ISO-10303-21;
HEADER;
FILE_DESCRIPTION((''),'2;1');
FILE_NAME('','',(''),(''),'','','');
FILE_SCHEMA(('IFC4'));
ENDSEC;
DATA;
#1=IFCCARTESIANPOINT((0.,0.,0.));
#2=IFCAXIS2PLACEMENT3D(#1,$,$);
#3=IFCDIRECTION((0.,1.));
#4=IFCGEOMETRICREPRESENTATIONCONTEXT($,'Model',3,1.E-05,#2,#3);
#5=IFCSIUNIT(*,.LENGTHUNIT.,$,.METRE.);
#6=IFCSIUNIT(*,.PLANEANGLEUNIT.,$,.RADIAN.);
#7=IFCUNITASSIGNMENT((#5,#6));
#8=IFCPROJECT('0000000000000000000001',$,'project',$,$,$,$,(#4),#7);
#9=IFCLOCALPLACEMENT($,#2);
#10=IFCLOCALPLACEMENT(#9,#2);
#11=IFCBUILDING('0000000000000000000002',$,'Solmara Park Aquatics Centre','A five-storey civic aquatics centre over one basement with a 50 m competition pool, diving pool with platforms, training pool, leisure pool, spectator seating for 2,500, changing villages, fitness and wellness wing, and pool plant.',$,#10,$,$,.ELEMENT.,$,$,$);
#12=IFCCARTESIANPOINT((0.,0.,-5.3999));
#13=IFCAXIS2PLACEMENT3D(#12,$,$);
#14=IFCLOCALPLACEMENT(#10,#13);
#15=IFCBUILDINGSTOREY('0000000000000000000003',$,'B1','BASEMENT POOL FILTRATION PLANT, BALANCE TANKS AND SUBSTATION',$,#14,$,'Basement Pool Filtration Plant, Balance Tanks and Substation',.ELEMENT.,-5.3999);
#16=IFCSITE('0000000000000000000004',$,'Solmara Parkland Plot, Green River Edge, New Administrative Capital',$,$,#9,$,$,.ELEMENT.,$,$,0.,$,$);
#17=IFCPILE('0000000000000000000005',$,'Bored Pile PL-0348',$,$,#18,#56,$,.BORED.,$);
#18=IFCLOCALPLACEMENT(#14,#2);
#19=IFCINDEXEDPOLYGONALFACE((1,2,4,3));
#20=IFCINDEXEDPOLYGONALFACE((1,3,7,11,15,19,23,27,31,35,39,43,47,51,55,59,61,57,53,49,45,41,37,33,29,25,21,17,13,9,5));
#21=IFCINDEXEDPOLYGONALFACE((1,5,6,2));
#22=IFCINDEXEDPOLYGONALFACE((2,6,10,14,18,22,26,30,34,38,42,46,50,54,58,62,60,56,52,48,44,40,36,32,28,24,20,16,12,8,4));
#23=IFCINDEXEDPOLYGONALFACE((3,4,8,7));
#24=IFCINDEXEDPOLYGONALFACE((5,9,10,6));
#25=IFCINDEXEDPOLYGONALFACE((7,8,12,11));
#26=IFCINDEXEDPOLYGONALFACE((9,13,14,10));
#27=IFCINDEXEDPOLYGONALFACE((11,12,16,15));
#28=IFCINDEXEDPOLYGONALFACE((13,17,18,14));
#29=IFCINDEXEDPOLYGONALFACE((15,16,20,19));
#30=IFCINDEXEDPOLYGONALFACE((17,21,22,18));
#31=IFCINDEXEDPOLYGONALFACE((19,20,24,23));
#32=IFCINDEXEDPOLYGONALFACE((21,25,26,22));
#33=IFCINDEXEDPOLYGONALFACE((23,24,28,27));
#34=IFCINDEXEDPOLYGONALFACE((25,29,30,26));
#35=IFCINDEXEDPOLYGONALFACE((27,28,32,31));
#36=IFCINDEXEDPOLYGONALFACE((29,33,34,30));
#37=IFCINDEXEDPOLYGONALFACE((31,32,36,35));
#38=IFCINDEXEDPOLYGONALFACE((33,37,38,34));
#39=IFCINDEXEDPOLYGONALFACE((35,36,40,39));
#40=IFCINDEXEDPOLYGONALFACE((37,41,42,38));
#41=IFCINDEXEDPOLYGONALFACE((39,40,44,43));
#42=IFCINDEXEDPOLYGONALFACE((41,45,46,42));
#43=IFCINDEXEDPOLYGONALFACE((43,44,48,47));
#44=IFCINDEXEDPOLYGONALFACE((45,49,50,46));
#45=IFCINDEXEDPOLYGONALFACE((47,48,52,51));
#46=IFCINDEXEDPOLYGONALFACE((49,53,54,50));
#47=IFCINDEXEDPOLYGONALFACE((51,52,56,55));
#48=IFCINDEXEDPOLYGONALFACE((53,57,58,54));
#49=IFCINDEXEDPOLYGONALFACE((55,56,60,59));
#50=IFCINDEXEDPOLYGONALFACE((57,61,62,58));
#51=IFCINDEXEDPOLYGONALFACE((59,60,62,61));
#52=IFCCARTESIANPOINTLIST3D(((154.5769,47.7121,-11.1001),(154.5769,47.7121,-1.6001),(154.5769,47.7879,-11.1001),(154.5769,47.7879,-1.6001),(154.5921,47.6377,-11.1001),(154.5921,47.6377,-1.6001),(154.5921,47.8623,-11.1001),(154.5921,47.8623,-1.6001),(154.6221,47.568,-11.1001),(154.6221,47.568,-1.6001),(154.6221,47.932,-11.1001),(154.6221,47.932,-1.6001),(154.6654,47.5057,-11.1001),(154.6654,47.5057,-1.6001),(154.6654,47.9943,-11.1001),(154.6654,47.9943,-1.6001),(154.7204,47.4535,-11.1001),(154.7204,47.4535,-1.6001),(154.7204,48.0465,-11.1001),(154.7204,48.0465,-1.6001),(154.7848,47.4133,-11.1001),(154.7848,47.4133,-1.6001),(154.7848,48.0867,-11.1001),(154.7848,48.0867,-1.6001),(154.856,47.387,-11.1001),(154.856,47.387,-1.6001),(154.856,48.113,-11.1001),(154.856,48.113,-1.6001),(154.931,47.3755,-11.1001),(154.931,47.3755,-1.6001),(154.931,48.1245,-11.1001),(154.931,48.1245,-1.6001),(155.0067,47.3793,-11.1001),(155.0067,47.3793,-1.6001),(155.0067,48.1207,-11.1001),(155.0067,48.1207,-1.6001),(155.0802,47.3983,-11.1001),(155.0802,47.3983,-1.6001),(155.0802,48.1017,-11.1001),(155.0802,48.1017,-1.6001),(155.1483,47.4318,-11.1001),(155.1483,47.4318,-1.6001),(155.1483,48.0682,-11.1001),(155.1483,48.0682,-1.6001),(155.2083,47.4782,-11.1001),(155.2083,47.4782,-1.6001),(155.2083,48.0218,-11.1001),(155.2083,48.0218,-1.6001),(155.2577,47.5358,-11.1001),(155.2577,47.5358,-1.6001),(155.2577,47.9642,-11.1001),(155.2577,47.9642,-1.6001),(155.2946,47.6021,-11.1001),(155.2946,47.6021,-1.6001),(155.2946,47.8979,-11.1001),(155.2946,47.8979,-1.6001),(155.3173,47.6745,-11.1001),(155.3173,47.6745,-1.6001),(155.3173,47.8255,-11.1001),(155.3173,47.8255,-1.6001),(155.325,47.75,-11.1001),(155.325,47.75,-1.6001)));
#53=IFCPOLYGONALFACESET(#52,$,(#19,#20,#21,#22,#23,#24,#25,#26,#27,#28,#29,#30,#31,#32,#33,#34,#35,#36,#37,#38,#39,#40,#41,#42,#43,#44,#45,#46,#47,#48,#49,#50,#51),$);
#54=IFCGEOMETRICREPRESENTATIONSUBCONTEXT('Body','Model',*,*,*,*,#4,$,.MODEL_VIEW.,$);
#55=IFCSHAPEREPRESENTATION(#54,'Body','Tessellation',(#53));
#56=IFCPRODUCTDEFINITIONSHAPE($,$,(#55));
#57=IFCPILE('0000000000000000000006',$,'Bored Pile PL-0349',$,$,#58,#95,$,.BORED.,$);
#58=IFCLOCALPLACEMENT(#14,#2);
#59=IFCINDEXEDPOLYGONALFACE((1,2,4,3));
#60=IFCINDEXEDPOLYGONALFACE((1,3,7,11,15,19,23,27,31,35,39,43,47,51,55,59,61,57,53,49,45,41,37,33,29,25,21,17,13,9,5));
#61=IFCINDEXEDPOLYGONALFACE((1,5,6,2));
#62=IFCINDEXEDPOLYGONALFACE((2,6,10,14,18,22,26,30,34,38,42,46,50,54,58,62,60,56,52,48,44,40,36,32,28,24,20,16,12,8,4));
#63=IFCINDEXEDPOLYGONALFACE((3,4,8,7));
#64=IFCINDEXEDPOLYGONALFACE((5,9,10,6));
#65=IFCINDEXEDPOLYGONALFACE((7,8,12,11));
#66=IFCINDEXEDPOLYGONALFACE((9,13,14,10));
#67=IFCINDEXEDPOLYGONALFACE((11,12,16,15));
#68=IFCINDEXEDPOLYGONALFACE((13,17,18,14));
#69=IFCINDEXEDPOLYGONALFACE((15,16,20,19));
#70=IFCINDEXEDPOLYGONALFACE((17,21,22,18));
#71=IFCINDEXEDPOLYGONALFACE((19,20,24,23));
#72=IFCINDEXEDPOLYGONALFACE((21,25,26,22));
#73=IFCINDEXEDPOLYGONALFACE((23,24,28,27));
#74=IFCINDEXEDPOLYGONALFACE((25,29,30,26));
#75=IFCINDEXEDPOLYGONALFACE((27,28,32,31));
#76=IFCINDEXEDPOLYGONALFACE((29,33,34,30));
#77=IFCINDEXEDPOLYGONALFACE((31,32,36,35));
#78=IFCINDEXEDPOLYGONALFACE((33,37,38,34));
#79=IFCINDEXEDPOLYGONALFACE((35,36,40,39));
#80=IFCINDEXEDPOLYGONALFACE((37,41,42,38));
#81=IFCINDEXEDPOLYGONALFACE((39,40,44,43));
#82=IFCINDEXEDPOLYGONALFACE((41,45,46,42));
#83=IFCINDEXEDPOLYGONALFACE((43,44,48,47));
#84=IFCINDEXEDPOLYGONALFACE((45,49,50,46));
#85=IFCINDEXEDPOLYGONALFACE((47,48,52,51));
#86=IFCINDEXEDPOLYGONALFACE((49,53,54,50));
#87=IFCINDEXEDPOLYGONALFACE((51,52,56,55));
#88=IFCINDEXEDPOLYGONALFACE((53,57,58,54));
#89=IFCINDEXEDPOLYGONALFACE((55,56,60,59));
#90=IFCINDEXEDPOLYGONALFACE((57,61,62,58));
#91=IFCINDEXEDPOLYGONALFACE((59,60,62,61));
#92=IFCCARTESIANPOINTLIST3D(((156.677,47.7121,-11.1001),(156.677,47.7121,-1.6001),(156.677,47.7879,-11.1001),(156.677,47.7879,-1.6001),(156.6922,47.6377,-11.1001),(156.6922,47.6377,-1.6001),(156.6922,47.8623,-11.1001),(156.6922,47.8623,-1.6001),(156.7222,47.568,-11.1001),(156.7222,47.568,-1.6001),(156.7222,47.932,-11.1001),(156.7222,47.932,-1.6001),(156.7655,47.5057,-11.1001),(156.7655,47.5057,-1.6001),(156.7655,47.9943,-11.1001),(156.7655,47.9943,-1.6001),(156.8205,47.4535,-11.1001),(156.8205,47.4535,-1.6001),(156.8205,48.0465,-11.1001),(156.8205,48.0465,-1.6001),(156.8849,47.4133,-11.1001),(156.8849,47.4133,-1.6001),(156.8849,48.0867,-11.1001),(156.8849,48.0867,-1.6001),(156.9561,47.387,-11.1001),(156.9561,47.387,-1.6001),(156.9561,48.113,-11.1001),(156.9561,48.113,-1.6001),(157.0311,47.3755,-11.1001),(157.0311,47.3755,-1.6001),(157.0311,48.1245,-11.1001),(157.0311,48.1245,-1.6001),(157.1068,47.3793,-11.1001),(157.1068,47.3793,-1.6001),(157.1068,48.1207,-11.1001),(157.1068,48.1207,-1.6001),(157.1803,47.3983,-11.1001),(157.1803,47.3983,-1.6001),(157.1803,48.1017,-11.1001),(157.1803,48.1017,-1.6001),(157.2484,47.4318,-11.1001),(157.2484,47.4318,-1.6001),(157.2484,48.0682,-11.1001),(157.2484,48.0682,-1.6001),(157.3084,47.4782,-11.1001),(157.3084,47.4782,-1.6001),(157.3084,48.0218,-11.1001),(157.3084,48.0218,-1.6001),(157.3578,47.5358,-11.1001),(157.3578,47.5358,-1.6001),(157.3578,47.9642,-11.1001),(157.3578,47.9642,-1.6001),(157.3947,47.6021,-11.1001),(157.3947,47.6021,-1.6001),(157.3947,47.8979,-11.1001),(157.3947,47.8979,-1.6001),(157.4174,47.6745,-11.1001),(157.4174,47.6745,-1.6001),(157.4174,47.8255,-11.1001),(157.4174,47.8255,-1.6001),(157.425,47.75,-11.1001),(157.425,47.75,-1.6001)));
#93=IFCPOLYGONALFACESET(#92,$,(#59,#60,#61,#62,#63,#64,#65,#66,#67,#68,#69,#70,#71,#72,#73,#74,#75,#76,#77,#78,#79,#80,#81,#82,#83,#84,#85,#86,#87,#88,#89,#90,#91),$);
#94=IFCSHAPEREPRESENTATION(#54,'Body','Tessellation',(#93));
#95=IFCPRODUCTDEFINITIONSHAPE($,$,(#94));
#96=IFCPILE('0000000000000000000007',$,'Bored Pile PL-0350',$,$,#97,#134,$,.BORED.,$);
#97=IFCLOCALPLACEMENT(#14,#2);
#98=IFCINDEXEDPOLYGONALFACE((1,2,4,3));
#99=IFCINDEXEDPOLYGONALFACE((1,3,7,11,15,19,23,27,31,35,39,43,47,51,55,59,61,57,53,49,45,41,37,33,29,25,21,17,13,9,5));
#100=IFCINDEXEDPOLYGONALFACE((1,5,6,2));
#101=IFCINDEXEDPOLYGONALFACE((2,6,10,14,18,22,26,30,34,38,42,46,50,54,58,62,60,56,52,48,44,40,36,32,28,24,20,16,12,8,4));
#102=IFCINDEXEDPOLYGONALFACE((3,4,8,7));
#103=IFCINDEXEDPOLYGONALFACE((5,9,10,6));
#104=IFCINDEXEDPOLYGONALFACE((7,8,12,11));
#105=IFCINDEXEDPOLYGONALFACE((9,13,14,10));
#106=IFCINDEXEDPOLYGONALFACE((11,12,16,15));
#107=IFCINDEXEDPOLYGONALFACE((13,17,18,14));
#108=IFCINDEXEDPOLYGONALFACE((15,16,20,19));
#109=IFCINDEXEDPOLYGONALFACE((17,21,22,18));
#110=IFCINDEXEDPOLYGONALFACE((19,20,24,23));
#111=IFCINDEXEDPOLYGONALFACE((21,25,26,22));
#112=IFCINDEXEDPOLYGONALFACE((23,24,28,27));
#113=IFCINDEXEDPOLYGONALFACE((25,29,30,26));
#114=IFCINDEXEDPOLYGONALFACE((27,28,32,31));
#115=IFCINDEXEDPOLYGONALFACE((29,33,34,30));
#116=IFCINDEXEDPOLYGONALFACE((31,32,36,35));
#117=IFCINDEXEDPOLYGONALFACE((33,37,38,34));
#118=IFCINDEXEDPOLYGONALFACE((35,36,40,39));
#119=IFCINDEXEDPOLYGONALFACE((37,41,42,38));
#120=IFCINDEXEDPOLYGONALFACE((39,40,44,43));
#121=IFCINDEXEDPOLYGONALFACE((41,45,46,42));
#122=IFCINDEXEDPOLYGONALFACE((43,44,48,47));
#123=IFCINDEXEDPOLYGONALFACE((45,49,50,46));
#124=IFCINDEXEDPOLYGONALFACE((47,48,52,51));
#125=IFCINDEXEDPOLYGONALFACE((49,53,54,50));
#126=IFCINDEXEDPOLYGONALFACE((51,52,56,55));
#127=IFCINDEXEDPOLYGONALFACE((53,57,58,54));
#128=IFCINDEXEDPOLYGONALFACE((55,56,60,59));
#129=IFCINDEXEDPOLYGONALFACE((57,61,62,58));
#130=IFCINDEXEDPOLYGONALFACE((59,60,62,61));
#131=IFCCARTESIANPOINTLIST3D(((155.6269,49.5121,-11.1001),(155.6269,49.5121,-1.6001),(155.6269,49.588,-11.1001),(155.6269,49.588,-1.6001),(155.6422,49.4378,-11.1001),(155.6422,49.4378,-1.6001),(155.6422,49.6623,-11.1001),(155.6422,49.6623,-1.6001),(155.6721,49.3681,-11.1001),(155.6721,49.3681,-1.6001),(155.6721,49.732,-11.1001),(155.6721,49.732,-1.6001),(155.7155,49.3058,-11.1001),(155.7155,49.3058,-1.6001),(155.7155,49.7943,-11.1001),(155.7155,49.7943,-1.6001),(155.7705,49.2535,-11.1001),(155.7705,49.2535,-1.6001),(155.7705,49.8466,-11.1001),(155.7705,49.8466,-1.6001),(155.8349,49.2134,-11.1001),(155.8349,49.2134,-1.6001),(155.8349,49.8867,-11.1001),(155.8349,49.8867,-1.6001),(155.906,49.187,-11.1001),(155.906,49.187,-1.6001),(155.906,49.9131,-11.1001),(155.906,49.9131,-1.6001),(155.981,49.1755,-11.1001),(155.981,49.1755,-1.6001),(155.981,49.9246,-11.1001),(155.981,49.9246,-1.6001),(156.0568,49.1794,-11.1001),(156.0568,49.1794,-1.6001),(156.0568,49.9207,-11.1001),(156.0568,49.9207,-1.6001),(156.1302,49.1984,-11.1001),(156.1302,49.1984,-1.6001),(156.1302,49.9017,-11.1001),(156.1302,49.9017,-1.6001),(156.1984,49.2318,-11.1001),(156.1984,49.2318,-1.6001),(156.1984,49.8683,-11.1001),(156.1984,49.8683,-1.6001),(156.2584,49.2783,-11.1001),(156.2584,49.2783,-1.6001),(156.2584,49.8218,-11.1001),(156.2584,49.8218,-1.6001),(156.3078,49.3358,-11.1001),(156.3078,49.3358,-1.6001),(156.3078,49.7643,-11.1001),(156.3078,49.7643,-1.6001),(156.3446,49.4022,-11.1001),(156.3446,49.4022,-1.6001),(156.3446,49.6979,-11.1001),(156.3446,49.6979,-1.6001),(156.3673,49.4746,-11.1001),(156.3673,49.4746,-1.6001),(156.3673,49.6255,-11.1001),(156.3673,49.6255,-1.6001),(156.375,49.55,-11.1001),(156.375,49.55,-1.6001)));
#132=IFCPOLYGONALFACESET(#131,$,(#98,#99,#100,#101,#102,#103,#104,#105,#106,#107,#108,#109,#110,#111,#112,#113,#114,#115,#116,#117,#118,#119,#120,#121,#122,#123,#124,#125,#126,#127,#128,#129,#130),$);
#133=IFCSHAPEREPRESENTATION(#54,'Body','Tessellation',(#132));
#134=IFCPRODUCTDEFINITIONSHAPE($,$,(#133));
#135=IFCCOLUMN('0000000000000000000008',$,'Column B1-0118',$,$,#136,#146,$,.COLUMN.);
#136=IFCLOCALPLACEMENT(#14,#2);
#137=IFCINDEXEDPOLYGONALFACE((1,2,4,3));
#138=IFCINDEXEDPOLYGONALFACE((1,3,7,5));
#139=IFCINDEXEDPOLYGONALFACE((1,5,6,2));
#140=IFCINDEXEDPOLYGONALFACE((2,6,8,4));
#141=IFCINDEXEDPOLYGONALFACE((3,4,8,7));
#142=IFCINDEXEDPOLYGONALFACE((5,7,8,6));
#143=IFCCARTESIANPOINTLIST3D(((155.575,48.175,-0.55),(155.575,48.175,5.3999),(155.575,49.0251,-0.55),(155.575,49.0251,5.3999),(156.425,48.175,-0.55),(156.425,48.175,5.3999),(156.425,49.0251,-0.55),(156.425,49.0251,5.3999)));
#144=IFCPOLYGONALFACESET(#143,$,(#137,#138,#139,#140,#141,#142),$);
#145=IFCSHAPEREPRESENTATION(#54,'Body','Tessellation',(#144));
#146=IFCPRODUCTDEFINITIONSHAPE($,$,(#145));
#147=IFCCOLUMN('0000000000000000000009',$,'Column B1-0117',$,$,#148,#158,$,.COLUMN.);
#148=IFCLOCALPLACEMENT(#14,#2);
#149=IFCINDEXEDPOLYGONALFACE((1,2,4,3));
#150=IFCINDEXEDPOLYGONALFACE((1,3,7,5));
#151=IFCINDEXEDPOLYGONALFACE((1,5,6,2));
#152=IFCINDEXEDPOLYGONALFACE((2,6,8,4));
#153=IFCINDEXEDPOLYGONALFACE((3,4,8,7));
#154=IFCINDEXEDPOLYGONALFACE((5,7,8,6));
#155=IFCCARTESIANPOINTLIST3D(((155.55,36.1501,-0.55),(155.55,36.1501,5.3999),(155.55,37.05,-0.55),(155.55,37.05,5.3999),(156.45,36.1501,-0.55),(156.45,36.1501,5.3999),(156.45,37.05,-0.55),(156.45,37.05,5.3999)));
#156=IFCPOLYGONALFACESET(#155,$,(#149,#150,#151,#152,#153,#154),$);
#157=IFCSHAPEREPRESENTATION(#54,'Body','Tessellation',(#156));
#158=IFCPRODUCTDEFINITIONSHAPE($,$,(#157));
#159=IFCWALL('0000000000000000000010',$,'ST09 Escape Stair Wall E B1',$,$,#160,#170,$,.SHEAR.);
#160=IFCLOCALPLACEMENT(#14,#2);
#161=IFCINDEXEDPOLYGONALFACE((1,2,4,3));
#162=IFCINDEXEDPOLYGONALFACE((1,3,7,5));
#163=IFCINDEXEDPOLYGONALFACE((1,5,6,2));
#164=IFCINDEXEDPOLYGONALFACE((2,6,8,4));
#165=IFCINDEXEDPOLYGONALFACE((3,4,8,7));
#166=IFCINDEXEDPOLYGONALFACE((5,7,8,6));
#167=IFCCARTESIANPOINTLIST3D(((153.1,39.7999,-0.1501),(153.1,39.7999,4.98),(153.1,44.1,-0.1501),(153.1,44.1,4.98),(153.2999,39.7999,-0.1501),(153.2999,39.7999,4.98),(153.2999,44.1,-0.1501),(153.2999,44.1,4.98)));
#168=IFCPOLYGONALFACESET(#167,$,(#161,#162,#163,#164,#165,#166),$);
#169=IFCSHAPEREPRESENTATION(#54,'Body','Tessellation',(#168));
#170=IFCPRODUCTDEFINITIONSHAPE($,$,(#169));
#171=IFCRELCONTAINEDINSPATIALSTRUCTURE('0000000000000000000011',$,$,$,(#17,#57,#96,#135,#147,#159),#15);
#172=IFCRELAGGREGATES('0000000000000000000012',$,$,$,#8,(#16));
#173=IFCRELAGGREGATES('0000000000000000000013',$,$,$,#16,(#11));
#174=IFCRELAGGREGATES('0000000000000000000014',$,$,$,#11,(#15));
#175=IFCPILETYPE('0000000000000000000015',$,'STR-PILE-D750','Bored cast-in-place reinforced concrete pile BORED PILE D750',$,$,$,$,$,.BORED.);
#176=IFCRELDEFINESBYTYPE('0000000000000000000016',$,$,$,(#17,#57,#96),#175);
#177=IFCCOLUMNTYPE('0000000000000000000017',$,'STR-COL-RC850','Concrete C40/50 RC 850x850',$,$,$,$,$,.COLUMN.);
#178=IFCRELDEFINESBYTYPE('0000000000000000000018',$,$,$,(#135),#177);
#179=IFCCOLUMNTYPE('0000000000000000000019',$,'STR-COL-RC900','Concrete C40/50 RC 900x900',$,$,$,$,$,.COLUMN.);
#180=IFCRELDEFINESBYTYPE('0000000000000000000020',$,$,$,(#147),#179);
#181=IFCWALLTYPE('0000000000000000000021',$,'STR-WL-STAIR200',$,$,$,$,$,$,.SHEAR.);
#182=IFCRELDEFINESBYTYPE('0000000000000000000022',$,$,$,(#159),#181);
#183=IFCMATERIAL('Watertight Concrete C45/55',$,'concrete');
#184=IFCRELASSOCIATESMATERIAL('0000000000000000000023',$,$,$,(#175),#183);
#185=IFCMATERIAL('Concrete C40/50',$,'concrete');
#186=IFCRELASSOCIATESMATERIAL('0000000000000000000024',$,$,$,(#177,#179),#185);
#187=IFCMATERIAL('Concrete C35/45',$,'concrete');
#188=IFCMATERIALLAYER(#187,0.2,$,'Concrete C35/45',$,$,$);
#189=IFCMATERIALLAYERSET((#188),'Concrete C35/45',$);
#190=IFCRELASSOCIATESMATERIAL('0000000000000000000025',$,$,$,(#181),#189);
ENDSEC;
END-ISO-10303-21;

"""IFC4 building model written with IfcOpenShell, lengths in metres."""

from ifc_helpers import new_model, si_unit, direction, frame, frame_2d, origin, origin_2d, place, context, subcontext, project, spatial, rectangle, circle, extrude, material, layer, layer_set, material_profile, profile_set, type_object, element, save


model = new_model("IFC4")

# Units and contexts
model_context = context("Model", 3, precision=1e-05, world=origin(), true_north=direction((0.0, 1.0)))
body_context = subcontext(model_context, "Body", "Model", "MODEL_VIEW")
ifc_project = project(units=[si_unit("LENGTHUNIT", "METRE"), si_unit("PLANEANGLEUNIT", "RADIAN")], contexts=[model_context])

# Site, building, storey
site_placement = place(None, origin())
site = spatial("IfcSite", under=ifc_project, at=site_placement, Name="Solmara Parkland Plot, Green River Edge, New Administrative Capital", CompositionType="ELEMENT", RefElevation=0.0)
building_placement = place(site_placement, origin())
building = spatial("IfcBuilding", under=site, at=building_placement, Name="Solmara Park Aquatics Centre", Description="A five-storey civic aquatics centre over one basement with a 50 m competition pool, diving pool with platforms, training pool, leisure pool, spectator seating for 2,500, changing villages, fitness and wellness wing, and pool plant.", CompositionType="ELEMENT")
storey_placement = place(building_placement, frame((0.0, 0.0, -5.3999)))
storey = spatial("IfcBuildingStorey", under=building, at=storey_placement, Name="B1", Description="BASEMENT POOL FILTRATION PLANT, BALANCE TANKS AND SUBSTATION", LongName="Basement Pool Filtration Plant, Balance Tanks and Substation", CompositionType="ELEMENT", Elevation=-5.3999)

# Shared definitions
ifc_material_1 = material(Name="Watertight Concrete C45/55", Category="concrete")

# Piles
ifc_material_profile_1 = material_profile(ifc_material_1, circle(Radius=0.375, at=origin_2d()), Name="BORED PILE D750")
ifc_profile_set_1 = profile_set([ifc_material_profile_1], Name="Watertight Concrete C45/55")
pile_type = type_object("IfcPileType", Name="STR-PILE-D750", Description="Bored cast-in-place reinforced concrete pile BORED PILE D750", PredefinedType="BORED", material=ifc_profile_set_1)
for number, where, z_axis, x_axis, name in (
    (1, (154.95, 47.75, -1.6001), (0.0, 0.0, -1.0), (1.0, 0.0, 0.0), "Bored Pile PL-0348"),
    (2, (157.05, 47.75, -1.6001), (0.0, 0.0, -1.0), (1.0, 0.0, 0.0), "Bored Pile PL-0349"),
    (3, (156.0, 49.55, -1.6001), (0.0, 0.0, -1.0), (1.0, 0.0, 0.0), "Bored Pile PL-0350"),
):
    element("IfcPile", number, at=place(storey_placement, frame(where, z_axis=z_axis, x_axis=x_axis)), inside=storey, type_object=pile_type, Name=name, PredefinedType="BORED", context=body_context, shape_type="SweptSolid", body=[
        extrude(circle(Radius=0.375, at=origin_2d()), origin(), (0.0, 0.0, 1.0), 9.5),
    ])

# Columns
ifc_material_2 = material(Name="Concrete C40/50", Category="concrete")
ifc_material_profile_2 = material_profile(ifc_material_2, rectangle(XDim=0.8501, YDim=0.8501, at=origin_2d()), Name="RC 850x850")
ifc_profile_set_2 = profile_set([ifc_material_profile_2], Name="Concrete C40/50")
column_type_1 = type_object("IfcColumnType", Name="STR-COL-RC850", Description="Concrete C40/50 RC 850x850", PredefinedType="COLUMN", material=ifc_profile_set_2)
column_1_placement = place(storey_placement, frame((156.0, 48.6001, -0.55), z_axis=(0.0, 0.0, 1.0), x_axis=(1.0, 0.0, 0.0)))
element("IfcColumn", 4, at=column_1_placement, inside=storey, type_object=column_type_1, Name="Column B1-0118", PredefinedType="COLUMN", context=body_context, shape_type="SweptSolid", body=[
    extrude(rectangle(XDim=0.8501, YDim=0.8501, at=origin_2d()), origin(), (0.0, 0.0, 1.0), 5.95),
])
ifc_material_profile_3 = material_profile(ifc_material_2, rectangle(XDim=0.8999, YDim=0.8999, at=origin_2d()), Name="RC 900x900")
ifc_profile_set_3 = profile_set([ifc_material_profile_3], Name="Concrete C40/50")
column_type_2 = type_object("IfcColumnType", Name="STR-COL-RC900", Description="Concrete C40/50 RC 900x900", PredefinedType="COLUMN", material=ifc_profile_set_3)
column_2_placement = place(storey_placement, frame((156.0, 36.6001, -0.55), z_axis=(0.0, 0.0, 1.0), x_axis=(1.0, 0.0, 0.0)))
element("IfcColumn", 5, at=column_2_placement, inside=storey, type_object=column_type_2, Name="Column B1-0117", PredefinedType="COLUMN", context=body_context, shape_type="SweptSolid", body=[
    extrude(rectangle(XDim=0.8999, YDim=0.8999, at=origin_2d()), origin(), (0.0, 0.0, 1.0), 5.95),
])

# Wall
ifc_material_3 = material(Name="Concrete C35/45", Category="concrete")
ifc_layer_1 = layer(ifc_material_3, 0.2, Name="Concrete C35/45")
ifc_layer_set_1 = layer_set([ifc_layer_1], Name="Concrete C35/45")
wall_type = type_object("IfcWallType", Name="STR-WL-STAIR200", PredefinedType="SHEAR", material=ifc_layer_set_1)
wall_placement = place(storey_placement, frame((153.2, 39.8, -0.1501), z_axis=(0.0, 0.0, 1.0), x_axis=(0.0, 1.0, 0.0)))
element("IfcWall", 6, at=wall_placement, inside=storey, type_object=wall_type, Name="ST09 Escape Stair Wall E B1", PredefinedType="SHEAR", context=body_context, shape_type="SweptSolid", body=[
    extrude(rectangle(XDim=4.3, YDim=0.2, at=frame_2d((2.1499, 0.0))), origin(), (0.0, 0.0, 1.0), 5.1301),
])

save(model, "model.ifc")
